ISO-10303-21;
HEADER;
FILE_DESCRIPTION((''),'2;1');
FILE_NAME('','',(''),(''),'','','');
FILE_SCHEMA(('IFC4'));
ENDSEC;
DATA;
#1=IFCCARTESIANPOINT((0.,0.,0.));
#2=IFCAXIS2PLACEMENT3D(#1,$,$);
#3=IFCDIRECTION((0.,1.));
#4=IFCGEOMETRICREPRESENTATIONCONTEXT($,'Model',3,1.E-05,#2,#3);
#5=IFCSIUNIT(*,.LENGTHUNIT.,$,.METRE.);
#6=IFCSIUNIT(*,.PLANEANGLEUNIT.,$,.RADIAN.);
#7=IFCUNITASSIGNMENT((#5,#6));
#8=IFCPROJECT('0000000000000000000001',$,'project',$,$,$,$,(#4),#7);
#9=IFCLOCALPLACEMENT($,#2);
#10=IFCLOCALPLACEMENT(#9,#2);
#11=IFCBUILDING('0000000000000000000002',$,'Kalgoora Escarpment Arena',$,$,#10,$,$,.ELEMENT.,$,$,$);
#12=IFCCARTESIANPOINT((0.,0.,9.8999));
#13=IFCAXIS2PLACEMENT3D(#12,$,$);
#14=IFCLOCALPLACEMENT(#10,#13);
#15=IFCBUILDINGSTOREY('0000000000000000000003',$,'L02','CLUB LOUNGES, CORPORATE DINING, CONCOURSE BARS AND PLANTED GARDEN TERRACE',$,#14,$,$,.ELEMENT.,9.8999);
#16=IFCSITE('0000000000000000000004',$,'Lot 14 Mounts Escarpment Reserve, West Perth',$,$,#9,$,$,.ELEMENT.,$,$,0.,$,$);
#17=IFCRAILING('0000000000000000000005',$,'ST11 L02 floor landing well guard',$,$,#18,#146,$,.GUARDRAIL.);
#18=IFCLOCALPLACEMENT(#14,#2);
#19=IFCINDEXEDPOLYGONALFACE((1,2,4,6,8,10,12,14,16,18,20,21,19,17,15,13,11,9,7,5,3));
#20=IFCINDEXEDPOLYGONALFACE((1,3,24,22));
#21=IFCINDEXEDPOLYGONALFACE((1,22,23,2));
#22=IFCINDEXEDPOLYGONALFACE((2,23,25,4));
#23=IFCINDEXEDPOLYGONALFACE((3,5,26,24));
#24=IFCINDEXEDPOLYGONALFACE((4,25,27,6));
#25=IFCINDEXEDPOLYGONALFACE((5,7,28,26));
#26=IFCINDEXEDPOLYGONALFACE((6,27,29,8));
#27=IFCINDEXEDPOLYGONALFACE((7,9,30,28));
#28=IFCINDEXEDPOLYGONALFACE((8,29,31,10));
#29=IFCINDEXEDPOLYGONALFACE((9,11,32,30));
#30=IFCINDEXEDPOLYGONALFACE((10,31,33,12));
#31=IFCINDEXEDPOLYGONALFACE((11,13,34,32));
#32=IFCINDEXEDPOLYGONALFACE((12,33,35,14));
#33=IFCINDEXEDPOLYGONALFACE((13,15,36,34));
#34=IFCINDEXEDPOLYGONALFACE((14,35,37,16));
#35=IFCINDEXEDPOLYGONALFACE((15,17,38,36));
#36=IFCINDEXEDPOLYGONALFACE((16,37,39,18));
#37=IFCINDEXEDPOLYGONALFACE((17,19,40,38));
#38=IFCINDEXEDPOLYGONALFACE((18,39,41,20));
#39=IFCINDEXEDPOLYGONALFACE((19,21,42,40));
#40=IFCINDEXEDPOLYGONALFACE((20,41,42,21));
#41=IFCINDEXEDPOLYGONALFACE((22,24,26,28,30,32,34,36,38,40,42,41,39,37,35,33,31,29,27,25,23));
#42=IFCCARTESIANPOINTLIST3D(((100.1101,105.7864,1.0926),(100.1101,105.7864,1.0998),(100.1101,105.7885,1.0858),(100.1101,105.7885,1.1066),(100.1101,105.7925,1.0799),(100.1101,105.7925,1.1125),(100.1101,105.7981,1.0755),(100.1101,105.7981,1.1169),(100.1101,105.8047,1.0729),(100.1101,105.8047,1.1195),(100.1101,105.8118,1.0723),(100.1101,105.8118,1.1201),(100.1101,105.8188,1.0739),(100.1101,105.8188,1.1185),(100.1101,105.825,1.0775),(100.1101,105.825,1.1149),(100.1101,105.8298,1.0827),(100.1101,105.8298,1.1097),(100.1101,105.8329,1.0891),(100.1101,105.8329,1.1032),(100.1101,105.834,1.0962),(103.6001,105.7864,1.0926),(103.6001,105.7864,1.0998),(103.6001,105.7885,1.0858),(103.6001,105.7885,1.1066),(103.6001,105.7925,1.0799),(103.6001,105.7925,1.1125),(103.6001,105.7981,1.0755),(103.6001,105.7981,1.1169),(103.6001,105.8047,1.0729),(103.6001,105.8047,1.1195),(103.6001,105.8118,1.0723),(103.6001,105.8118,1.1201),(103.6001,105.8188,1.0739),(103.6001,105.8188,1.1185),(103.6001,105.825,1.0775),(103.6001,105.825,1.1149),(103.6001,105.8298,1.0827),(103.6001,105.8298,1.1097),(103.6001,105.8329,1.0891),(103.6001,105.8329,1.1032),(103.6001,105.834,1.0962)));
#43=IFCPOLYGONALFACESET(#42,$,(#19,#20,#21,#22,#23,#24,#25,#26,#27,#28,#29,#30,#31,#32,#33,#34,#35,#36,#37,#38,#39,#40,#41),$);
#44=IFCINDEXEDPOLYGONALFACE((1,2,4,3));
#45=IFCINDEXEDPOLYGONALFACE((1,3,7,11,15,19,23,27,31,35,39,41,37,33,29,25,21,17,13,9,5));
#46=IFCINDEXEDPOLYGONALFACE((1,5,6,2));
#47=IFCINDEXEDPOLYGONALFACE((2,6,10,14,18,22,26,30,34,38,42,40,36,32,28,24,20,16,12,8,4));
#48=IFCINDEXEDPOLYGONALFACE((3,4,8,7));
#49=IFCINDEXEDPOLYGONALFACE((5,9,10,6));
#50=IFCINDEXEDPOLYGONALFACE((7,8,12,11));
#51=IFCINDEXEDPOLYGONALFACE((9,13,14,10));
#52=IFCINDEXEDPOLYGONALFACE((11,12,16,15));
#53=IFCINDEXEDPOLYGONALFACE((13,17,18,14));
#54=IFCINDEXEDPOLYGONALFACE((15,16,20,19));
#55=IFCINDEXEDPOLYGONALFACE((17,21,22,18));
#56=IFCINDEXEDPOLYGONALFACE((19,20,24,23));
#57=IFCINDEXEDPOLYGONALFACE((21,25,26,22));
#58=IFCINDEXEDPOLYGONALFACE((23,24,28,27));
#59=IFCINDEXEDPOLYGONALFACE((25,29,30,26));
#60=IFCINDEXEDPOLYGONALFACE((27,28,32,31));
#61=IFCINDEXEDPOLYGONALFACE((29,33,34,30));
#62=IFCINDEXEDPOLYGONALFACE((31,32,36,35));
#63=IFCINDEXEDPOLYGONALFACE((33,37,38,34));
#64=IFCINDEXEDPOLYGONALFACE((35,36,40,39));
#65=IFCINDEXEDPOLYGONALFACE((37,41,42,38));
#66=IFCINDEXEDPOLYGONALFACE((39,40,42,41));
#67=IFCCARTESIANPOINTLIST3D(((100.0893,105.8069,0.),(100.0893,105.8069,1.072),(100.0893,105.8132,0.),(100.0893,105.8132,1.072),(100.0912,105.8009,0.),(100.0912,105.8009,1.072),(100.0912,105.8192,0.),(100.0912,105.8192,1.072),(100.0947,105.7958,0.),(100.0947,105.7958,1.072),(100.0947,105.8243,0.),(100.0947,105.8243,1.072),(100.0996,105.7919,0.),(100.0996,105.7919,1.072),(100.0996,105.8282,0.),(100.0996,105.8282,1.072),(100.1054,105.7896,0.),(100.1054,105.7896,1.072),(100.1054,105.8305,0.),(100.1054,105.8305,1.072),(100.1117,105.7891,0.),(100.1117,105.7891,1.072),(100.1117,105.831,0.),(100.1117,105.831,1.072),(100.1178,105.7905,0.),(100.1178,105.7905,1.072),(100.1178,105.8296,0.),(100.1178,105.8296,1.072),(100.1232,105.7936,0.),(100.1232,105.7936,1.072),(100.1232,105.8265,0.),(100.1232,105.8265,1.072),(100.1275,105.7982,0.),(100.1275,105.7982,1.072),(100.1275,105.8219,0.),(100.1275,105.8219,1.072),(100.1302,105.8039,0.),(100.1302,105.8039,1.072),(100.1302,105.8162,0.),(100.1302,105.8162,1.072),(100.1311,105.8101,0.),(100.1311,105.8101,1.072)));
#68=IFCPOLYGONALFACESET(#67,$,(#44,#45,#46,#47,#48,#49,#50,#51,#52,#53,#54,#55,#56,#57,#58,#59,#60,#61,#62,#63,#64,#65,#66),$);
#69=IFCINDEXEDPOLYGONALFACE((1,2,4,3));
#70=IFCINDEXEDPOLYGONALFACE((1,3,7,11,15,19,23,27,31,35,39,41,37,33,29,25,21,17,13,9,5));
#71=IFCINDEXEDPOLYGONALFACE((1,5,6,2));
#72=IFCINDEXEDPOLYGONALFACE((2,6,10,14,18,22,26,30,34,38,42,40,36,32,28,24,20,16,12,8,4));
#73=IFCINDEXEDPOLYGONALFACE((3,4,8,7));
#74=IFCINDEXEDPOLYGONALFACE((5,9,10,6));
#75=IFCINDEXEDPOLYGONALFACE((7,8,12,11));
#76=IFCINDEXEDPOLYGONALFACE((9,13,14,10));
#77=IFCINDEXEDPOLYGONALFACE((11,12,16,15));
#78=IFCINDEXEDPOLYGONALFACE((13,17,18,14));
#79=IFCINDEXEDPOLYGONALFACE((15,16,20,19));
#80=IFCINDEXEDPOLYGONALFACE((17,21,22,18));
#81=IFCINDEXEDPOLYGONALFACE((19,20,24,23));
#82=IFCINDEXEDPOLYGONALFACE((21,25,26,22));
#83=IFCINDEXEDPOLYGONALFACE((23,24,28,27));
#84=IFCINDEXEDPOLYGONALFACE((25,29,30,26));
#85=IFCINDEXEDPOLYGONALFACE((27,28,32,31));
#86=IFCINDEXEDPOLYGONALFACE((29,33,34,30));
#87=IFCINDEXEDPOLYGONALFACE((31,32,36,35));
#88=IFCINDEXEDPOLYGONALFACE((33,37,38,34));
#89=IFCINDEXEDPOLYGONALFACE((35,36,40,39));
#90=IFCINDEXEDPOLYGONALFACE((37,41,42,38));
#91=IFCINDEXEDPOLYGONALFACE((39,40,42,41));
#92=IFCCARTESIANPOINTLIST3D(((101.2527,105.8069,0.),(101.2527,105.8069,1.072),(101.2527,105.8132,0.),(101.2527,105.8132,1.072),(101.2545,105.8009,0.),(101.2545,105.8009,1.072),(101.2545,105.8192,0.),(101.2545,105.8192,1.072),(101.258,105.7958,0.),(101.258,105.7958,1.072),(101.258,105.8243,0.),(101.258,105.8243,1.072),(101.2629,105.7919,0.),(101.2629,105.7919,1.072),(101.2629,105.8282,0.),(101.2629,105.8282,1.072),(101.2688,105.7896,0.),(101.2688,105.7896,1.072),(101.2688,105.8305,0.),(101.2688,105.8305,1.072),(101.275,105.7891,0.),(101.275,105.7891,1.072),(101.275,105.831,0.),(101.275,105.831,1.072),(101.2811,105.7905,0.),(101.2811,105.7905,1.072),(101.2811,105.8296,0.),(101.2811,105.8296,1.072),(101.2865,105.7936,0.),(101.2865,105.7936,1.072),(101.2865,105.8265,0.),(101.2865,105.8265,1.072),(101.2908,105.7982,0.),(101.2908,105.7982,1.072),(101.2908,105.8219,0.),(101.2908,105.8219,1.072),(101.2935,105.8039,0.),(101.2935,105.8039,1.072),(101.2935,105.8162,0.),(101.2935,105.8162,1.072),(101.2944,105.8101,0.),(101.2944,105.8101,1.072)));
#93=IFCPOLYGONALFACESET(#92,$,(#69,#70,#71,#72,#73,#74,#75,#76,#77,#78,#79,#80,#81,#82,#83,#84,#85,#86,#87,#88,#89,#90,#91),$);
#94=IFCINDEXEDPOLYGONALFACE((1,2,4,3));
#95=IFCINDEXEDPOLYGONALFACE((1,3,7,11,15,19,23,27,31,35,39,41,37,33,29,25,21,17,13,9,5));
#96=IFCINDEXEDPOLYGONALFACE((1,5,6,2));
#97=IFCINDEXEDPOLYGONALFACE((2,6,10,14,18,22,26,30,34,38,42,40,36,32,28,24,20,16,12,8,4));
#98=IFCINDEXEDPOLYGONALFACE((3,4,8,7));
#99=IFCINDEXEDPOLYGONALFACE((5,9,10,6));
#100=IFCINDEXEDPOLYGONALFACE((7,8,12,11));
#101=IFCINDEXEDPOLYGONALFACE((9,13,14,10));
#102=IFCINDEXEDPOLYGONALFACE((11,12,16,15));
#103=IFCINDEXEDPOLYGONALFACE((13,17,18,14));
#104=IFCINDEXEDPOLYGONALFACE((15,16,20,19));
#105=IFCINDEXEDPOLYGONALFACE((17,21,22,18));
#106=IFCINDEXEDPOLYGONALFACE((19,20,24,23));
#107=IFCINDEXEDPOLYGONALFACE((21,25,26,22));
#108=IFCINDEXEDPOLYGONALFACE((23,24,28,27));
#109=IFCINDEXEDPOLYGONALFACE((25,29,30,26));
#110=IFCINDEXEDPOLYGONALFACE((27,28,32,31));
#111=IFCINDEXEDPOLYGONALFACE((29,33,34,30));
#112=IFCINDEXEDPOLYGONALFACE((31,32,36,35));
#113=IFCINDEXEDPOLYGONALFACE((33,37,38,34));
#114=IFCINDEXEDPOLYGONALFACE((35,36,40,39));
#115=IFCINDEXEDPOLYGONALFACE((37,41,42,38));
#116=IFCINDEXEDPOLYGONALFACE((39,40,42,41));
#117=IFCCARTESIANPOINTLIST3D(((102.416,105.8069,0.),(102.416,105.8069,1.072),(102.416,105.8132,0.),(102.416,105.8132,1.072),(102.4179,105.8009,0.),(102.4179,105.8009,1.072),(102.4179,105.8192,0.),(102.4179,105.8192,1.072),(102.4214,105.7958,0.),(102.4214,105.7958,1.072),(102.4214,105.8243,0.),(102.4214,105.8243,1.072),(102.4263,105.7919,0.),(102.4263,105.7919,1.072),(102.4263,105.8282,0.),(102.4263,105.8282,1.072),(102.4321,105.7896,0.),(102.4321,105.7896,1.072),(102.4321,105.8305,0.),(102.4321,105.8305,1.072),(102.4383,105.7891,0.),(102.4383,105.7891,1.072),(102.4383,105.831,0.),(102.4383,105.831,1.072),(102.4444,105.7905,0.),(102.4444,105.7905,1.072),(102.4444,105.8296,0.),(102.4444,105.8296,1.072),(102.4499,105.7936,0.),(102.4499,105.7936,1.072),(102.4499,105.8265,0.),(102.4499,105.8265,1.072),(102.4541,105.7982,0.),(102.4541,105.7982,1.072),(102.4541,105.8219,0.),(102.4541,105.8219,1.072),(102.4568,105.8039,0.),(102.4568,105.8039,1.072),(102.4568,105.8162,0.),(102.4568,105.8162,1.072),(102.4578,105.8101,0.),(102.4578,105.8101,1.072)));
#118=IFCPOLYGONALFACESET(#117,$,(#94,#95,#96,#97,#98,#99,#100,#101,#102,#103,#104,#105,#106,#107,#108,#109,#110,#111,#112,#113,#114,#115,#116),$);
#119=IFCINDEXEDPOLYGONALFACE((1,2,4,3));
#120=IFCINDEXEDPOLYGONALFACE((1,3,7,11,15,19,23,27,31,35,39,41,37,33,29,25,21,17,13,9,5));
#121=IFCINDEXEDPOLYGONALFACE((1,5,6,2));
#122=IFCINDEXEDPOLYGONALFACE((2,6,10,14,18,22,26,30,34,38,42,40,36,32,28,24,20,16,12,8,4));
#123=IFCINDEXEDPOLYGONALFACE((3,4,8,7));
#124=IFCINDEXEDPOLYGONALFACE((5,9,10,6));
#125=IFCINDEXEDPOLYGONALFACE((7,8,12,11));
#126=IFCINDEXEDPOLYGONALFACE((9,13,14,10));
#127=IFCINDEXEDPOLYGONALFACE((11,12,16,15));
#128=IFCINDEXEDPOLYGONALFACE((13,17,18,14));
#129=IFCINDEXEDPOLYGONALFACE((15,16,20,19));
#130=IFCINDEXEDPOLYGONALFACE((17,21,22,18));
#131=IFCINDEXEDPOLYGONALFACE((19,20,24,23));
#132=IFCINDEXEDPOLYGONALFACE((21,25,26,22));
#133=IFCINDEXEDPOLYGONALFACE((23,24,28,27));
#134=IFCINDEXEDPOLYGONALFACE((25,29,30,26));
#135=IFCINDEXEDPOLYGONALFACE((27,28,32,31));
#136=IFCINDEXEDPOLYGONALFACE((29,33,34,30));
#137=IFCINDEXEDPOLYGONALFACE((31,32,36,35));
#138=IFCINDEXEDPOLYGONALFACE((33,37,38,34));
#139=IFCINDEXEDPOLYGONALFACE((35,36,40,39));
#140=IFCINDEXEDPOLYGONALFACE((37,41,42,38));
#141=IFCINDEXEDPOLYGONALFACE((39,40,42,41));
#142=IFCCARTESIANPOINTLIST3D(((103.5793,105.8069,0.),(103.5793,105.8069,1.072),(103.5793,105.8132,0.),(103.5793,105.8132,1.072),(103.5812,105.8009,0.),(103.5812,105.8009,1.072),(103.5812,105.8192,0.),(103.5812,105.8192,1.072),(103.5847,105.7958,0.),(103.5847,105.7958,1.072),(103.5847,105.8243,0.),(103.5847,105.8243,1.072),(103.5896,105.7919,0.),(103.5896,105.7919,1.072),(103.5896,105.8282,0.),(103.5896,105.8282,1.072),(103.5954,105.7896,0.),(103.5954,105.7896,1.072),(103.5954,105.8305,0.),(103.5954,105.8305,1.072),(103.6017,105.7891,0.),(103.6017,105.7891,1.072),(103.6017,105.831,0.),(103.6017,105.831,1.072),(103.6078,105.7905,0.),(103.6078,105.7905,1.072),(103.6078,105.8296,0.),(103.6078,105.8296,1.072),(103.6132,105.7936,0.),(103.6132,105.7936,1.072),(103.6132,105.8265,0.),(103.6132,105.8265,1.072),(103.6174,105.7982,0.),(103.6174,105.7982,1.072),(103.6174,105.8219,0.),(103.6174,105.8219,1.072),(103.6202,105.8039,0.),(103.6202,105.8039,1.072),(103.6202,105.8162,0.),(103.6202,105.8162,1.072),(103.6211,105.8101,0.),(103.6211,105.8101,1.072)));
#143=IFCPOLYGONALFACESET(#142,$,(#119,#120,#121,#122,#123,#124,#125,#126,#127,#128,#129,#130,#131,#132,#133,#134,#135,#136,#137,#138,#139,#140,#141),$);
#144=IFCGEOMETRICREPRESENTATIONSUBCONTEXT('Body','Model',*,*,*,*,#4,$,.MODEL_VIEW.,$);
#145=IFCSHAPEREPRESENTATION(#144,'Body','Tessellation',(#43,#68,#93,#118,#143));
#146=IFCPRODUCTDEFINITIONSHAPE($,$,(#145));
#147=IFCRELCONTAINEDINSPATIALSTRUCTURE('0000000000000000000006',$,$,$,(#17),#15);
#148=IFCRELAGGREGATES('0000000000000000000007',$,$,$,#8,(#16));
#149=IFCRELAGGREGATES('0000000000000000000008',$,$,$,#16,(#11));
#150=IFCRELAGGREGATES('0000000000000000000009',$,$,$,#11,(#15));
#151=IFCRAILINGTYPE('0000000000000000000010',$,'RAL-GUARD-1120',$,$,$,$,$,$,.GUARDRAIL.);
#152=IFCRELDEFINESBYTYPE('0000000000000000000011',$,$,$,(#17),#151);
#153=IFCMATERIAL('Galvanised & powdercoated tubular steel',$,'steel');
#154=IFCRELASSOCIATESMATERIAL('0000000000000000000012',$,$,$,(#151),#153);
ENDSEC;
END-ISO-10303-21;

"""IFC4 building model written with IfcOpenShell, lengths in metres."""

from ifc_helpers import new_model, si_unit, direction, frame, origin, origin_2d, place, context, subcontext, project, spatial, circle, extrude, material, type_object, element, save


model = new_model("IFC4")

# Units and contexts
model_context = context("Model", 3, precision=1e-05, world=origin(), true_north=direction((0.0, 1.0)))
body_context = subcontext(model_context, "Body", "Model", "MODEL_VIEW")
ifc_project = project(units=[si_unit("LENGTHUNIT", "METRE"), si_unit("PLANEANGLEUNIT", "RADIAN")], contexts=[model_context])

# Site, building, storey
site_placement = place(None, origin())
site = spatial("IfcSite", under=ifc_project, at=site_placement, Name="Lot 14 Mounts Escarpment Reserve, West Perth", CompositionType="ELEMENT", RefElevation=0.0)
building_placement = place(site_placement, origin())
building = spatial("IfcBuilding", under=site, at=building_placement, Name="Kalgoora Escarpment Arena", CompositionType="ELEMENT")
storey_placement = place(building_placement, frame((0.0, 0.0, 9.8999)))
storey = spatial("IfcBuildingStorey", under=building, at=storey_placement, Name="L02", Description="CLUB LOUNGES, CORPORATE DINING, CONCOURSE BARS AND PLANTED GARDEN TERRACE", CompositionType="ELEMENT", Elevation=9.8999)

# Railing
ifc_material_1 = material(Name="Galvanised & powdercoated tubular steel", Category="steel")
railing_type_1 = type_object("IfcRailingType", Name="RAL-GUARD-1120", PredefinedType="GUARDRAIL", material=ifc_material_1)
railing_1_placement = place(storey_placement, frame((100.1101, 105.8101, 0.0)))
element("IfcRailing", 1, at=railing_1_placement, inside=storey, type_object=railing_type_1, Name="ST11 L02 floor landing well guard", PredefinedType="GUARDRAIL", context=body_context, shape_type="SweptSolid", body=[
    extrude(circle(Radius=0.0239, at=origin_2d()), frame((0.0, 0.0, 1.0962), z_axis=(1.0, 0.0, 0.0), x_axis=(0.0, 1.0, 0.0)), (0.0, 0.0, 1.0), 3.49),
    extrude(circle(Radius=0.021, at=origin_2d()), origin(), (0.0, 0.0, 1.0), 1.072),
    extrude(circle(Radius=0.021, at=origin_2d()), frame((1.1633, 0.0, 0.0)), (0.0, 0.0, 1.0), 1.072),
    extrude(circle(Radius=0.021, at=origin_2d()), frame((2.3267, 0.0, 0.0)), (0.0, 0.0, 1.0), 1.072),
    extrude(circle(Radius=0.021, at=origin_2d()), frame((3.49, 0.0, 0.0)), (0.0, 0.0, 1.0), 1.072),
])

save(model, "model.ifc")
